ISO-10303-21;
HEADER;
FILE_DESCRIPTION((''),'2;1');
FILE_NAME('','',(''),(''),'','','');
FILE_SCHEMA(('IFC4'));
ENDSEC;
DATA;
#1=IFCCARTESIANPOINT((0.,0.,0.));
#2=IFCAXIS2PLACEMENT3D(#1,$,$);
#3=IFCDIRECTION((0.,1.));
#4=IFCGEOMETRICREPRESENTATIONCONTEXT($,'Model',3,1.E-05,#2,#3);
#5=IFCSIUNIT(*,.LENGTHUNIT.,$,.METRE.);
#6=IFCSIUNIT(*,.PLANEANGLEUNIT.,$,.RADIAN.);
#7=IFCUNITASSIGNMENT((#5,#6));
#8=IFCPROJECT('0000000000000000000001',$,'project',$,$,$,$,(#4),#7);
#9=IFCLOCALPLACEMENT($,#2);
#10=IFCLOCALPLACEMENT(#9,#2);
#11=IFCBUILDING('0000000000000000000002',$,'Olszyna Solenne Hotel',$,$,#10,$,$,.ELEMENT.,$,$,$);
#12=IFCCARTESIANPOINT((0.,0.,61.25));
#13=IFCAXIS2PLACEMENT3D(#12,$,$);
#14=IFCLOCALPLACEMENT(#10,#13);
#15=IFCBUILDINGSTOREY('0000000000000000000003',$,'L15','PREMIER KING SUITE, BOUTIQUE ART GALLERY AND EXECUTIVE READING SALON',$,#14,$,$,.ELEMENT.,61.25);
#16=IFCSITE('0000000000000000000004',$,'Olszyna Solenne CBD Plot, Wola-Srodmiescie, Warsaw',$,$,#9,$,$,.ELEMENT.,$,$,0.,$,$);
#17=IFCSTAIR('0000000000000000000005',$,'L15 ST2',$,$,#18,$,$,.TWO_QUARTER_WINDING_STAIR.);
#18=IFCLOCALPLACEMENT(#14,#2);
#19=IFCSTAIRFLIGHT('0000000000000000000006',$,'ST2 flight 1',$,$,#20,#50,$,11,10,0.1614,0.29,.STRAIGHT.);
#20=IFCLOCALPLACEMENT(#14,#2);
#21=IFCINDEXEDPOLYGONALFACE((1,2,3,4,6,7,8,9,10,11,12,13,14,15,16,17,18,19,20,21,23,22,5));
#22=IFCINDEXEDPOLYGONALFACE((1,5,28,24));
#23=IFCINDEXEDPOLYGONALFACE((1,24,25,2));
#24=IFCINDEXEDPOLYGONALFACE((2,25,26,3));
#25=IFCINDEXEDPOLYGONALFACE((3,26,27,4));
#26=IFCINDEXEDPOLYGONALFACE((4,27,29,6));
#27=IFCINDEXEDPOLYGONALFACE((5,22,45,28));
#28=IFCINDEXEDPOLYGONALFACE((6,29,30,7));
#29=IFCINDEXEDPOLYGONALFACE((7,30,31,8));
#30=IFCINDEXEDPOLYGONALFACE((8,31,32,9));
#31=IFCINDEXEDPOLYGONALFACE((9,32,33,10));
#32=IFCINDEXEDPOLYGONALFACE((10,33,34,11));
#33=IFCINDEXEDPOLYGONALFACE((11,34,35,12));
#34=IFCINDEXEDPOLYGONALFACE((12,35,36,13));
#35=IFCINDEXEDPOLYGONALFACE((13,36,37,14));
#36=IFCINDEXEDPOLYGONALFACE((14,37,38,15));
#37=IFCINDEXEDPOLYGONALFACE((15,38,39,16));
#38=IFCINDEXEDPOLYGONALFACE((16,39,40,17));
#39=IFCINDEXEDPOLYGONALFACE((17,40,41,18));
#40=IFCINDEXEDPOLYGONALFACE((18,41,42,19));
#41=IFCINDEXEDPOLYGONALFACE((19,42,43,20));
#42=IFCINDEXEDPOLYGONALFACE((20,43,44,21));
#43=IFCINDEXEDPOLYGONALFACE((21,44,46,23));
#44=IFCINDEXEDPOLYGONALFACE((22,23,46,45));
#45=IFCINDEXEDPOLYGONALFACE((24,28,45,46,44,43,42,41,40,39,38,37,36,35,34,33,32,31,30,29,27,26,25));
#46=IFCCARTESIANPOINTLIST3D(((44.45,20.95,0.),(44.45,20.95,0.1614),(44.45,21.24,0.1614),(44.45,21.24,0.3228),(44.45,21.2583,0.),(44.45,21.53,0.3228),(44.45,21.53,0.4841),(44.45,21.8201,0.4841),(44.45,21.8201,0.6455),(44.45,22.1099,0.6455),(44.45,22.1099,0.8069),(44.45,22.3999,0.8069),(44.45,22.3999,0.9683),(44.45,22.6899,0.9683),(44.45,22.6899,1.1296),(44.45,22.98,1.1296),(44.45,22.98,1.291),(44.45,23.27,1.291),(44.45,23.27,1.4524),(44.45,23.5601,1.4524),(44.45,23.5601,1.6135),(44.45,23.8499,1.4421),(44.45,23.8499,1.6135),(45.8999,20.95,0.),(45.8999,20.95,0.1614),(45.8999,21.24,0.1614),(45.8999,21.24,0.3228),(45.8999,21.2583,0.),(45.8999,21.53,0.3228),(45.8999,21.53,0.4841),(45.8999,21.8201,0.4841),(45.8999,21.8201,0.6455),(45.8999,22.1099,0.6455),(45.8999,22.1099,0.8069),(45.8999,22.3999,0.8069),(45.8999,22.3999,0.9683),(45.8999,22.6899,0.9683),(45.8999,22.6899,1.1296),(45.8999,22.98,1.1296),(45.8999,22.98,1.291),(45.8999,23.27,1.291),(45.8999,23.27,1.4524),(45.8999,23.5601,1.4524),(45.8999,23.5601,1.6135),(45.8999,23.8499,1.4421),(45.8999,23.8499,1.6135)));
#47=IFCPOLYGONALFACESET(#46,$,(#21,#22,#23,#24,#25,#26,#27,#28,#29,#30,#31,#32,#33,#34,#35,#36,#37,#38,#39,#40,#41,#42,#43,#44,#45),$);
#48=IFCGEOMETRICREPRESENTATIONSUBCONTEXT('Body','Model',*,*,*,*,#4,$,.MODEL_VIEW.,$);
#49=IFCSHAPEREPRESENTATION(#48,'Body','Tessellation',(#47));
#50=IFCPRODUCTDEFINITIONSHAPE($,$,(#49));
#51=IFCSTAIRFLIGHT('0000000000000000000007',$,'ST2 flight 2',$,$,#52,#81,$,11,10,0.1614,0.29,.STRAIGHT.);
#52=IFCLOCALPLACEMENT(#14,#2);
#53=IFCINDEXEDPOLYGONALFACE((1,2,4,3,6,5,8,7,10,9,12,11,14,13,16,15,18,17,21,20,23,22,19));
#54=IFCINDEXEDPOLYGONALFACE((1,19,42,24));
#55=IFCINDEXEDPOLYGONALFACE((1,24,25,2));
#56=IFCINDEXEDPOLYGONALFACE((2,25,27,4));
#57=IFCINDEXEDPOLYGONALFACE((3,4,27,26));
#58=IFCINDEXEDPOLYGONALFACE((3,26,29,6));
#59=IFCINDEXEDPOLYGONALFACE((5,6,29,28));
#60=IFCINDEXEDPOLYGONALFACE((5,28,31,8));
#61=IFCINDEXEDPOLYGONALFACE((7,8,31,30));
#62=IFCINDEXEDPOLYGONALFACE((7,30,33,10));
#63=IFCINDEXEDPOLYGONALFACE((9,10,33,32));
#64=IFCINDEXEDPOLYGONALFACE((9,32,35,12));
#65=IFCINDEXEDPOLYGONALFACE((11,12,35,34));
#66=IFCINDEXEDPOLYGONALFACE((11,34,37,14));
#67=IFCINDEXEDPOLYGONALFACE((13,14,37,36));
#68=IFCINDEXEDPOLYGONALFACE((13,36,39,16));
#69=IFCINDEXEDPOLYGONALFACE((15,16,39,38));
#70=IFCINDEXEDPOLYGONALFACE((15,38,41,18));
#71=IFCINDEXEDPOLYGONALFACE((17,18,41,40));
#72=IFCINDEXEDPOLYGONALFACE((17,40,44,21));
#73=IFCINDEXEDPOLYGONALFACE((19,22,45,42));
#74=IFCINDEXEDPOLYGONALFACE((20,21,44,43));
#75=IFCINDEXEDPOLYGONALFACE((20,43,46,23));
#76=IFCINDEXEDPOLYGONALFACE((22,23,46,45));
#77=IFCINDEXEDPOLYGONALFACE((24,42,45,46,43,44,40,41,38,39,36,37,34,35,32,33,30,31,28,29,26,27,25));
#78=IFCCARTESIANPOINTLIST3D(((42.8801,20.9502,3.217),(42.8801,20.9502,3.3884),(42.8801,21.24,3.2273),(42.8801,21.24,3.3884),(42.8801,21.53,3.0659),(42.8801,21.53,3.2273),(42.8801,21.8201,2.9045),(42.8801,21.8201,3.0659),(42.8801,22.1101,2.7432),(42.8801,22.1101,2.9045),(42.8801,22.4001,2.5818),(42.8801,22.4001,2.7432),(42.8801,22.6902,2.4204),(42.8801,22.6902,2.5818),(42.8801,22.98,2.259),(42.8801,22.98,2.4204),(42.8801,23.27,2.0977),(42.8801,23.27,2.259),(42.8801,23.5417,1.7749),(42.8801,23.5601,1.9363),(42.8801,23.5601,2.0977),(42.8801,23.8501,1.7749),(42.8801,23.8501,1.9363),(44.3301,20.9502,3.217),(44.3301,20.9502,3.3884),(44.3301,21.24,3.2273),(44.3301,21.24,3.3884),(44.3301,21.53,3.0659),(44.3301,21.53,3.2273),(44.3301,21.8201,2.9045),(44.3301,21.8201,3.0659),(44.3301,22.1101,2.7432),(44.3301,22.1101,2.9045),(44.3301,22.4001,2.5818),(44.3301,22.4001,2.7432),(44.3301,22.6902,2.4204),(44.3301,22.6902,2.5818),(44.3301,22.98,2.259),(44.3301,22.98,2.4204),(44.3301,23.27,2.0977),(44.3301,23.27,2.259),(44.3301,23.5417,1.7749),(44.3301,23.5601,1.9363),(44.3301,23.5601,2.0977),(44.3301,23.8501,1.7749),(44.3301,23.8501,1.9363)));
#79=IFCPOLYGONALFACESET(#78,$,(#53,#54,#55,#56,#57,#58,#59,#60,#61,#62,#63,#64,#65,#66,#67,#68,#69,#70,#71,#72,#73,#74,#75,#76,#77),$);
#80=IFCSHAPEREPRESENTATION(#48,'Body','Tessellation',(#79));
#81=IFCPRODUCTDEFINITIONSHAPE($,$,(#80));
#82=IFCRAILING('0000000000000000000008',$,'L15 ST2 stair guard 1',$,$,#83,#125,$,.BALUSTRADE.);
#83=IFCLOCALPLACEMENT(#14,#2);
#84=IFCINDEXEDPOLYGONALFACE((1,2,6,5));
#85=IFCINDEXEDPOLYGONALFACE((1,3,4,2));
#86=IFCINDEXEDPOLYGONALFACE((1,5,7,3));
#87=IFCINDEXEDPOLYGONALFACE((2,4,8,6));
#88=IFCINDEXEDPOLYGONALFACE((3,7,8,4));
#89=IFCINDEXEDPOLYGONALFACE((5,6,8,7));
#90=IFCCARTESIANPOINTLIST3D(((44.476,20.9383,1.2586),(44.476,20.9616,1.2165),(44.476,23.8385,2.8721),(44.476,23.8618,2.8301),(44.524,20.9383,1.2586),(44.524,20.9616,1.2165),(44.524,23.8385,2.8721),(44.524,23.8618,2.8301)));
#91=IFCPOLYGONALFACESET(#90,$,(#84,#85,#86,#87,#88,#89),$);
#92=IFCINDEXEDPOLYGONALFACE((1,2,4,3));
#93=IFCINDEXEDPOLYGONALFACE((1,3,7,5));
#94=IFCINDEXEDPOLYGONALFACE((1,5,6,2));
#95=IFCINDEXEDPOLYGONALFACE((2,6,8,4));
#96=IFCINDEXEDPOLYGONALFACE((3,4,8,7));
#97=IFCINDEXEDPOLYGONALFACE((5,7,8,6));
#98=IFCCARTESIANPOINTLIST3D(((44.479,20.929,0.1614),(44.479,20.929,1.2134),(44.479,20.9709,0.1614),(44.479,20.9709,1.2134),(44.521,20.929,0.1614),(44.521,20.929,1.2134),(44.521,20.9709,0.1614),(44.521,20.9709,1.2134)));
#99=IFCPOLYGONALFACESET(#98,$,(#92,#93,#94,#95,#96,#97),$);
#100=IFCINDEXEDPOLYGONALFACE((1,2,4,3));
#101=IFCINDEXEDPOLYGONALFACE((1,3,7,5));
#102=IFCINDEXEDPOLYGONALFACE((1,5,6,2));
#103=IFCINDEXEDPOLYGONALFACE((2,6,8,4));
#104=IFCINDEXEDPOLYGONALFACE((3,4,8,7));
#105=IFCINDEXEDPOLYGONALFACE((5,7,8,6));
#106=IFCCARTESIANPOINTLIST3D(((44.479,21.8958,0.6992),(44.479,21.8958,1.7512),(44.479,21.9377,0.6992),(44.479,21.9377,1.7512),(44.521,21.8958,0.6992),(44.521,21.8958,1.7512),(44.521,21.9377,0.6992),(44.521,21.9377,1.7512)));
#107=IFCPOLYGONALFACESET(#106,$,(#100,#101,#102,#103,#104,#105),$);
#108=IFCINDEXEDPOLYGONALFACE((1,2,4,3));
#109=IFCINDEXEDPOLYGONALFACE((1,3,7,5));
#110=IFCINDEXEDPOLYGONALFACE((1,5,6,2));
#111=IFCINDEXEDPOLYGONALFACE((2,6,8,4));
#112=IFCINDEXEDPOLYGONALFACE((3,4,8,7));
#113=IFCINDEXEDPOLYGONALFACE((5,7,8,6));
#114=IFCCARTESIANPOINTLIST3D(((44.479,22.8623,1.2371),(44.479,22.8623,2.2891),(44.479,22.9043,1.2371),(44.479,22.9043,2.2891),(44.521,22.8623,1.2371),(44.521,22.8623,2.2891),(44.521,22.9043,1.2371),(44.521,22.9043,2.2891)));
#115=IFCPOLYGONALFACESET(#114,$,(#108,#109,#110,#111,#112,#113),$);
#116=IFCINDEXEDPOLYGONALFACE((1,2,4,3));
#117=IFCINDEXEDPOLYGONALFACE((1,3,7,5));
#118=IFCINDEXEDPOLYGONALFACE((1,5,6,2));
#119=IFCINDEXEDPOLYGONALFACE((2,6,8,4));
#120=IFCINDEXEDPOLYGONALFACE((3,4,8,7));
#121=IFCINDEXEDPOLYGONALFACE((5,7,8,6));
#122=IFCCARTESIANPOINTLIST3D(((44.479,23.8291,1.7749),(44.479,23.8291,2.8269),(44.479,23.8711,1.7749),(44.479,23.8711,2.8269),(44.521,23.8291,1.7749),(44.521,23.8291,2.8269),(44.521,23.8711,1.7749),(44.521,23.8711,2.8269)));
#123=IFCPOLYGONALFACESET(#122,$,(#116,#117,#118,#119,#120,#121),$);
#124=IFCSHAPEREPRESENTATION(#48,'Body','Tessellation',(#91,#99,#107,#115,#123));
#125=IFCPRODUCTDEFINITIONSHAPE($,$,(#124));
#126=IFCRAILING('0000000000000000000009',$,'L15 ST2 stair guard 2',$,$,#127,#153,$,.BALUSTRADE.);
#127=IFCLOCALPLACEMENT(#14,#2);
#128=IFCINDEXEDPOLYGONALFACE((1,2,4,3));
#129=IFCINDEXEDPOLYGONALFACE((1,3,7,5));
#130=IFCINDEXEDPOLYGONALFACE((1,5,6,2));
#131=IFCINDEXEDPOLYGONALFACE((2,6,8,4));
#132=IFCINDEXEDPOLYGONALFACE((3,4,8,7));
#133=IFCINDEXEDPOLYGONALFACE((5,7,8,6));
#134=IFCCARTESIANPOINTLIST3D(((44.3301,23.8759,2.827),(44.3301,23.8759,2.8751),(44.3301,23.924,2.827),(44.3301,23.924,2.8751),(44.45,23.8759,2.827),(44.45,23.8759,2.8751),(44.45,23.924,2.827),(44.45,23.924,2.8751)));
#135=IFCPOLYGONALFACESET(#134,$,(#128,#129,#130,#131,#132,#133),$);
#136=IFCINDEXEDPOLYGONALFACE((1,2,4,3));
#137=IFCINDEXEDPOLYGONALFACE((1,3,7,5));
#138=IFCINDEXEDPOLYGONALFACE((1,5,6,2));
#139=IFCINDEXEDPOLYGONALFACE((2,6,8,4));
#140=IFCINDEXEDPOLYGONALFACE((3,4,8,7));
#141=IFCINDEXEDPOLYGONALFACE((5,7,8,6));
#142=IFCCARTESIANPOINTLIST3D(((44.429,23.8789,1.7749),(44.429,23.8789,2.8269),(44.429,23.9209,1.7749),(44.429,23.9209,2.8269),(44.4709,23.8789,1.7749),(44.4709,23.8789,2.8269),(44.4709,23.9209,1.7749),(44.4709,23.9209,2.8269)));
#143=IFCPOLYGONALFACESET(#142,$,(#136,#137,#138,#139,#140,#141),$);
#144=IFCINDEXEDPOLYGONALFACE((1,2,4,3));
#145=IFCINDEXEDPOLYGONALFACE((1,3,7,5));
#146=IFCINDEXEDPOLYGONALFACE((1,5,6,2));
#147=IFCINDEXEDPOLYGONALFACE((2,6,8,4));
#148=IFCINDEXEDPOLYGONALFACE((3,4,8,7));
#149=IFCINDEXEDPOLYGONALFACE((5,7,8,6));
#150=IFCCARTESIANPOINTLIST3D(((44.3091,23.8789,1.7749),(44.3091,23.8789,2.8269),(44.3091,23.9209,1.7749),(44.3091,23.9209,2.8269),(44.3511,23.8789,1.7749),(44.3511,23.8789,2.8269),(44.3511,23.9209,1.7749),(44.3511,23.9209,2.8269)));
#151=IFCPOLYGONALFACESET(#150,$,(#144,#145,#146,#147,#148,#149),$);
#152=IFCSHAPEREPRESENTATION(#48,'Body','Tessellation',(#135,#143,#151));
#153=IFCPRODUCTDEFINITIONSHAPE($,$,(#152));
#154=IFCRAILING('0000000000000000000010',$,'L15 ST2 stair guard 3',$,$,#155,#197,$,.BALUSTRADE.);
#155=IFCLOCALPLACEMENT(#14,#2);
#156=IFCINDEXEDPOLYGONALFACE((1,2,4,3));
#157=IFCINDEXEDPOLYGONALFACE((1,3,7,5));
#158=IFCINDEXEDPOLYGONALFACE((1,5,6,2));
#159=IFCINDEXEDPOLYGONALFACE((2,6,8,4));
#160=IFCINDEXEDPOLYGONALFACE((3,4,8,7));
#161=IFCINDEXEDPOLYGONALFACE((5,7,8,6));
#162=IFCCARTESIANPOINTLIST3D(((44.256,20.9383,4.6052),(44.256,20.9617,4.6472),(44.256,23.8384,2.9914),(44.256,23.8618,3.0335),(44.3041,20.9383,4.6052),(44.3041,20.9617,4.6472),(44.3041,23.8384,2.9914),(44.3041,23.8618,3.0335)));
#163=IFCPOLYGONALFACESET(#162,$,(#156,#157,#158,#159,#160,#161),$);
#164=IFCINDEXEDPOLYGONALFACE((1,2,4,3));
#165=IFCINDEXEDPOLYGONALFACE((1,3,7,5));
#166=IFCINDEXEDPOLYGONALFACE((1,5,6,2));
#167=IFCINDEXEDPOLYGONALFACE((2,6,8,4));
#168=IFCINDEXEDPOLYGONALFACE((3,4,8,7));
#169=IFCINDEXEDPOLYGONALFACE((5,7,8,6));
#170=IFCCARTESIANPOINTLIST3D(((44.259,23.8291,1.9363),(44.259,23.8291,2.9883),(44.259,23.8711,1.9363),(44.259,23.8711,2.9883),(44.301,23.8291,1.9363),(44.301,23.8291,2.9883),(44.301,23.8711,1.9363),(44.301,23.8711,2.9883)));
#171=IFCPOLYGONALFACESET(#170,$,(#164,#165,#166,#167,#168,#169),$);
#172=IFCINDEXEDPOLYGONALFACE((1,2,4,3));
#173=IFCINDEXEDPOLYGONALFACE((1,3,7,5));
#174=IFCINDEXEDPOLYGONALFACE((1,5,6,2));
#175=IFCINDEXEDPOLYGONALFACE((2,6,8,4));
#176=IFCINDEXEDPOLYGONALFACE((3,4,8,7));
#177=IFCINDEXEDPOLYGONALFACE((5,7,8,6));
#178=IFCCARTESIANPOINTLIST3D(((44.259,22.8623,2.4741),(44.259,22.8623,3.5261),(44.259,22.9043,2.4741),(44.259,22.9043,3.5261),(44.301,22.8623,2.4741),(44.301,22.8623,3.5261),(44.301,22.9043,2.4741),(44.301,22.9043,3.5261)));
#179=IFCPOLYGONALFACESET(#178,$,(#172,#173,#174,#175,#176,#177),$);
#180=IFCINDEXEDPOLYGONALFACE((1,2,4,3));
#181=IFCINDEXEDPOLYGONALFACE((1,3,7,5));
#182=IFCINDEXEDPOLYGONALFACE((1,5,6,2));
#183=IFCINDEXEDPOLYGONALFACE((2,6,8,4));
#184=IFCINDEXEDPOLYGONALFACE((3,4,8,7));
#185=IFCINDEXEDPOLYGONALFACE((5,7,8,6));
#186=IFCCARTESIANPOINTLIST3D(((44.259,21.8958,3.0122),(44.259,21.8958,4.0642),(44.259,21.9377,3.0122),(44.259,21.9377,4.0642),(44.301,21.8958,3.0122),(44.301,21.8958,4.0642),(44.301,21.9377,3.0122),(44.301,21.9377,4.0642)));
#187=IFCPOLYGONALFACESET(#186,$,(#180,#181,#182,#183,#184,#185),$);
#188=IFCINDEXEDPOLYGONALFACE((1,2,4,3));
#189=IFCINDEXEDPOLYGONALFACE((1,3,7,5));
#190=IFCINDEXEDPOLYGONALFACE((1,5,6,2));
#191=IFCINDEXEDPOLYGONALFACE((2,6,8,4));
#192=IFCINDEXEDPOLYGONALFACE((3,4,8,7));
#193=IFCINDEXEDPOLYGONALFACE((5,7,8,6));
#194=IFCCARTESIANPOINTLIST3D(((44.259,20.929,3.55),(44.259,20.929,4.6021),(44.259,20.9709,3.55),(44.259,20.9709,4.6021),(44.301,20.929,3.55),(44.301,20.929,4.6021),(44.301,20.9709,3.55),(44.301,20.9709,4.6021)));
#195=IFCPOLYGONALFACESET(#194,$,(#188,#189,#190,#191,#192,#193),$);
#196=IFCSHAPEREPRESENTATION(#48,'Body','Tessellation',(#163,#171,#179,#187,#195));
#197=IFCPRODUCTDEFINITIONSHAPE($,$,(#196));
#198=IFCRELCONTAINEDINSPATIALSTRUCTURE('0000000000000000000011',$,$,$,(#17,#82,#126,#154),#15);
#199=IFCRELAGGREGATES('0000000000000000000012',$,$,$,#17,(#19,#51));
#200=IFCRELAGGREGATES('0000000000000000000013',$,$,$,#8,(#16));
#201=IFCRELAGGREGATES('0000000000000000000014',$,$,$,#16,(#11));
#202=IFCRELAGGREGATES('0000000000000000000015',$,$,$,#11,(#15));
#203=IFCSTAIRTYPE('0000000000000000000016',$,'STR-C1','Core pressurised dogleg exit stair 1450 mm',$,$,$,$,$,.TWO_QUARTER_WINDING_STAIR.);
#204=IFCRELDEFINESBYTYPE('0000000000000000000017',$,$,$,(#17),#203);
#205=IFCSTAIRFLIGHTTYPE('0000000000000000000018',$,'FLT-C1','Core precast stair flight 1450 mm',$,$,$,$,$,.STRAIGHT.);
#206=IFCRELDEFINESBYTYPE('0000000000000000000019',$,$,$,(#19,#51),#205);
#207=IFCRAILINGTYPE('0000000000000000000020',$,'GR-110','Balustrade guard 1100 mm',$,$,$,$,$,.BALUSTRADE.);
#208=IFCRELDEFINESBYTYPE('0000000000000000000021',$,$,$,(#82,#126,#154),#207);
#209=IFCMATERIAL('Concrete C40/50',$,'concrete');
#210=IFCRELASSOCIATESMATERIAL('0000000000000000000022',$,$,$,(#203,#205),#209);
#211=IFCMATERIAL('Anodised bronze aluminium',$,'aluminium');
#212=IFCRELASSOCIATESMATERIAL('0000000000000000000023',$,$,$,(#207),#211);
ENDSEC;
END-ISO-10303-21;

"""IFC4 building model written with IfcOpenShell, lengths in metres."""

from ifc_helpers import new_model, si_unit, direction, frame, origin, origin_2d, place, context, subcontext, project, spatial, polyline, rectangle, outline, extrude, material, type_object, element, aggregate, save


model = new_model("IFC4")

# Units and contexts
model_context = context("Model", 3, precision=1e-05, world=origin(), true_north=direction((0.0, 1.0)))
body_context = subcontext(model_context, "Body", "Model", "MODEL_VIEW")
ifc_project = project(units=[si_unit("LENGTHUNIT", "METRE"), si_unit("PLANEANGLEUNIT", "RADIAN")], contexts=[model_context])

# Site, building, storey
site_placement = place(None, origin())
site = spatial("IfcSite", under=ifc_project, at=site_placement, Name="Olszyna Solenne CBD Plot, Wola-Srodmiescie, Warsaw", CompositionType="ELEMENT", RefElevation=0.0)
building_placement = place(site_placement, origin())
building = spatial("IfcBuilding", under=site, at=building_placement, Name="Olszyna Solenne Hotel", CompositionType="ELEMENT")
storey_placement = place(building_placement, frame((0.0, 0.0, 61.25)))
storey = spatial("IfcBuildingStorey", under=building, at=storey_placement, Name="L15", Description="PREMIER KING SUITE, BOUTIQUE ART GALLERY AND EXECUTIVE READING SALON", CompositionType="ELEMENT", Elevation=61.25)

# Stair, stair flights
ifc_material_1 = material(Name="Concrete C40/50", Category="concrete")
stair_type = type_object("IfcStairType", Name="STR-C1", Description="Core pressurised dogleg exit stair 1450 mm", PredefinedType="TWO_QUARTER_WINDING_STAIR", material=ifc_material_1)
stair_placement = place(storey_placement, origin())
stair = element("IfcStair", 1, at=stair_placement, inside=storey, type_object=stair_type, Name="L15 ST2", PredefinedType="TWO_QUARTER_WINDING_STAIR")
stair_flight_type = type_object("IfcStairFlightType", Name="FLT-C1", Description="Core precast stair flight 1450 mm", PredefinedType="STRAIGHT", material=ifc_material_1)
stair_flight_1_placement = place(storey_placement, frame((45.175, 20.95, 0.0), z_axis=(0.0, 0.0, 1.0), x_axis=(0.0, 1.0, 0.0)))
stair_flight_1 = element("IfcStairFlight", 2, at=stair_flight_1_placement, type_object=stair_flight_type, Name="ST2 flight 1", NumberOfRisers=11, NumberOfTreads=10, PredefinedType="STRAIGHT", RiserHeight=0.1614, TreadLength=0.29, context=body_context, shape_type="SweptSolid", body=[
    extrude(outline(polyline([(0.0, 0.0), (0.0, 0.1614), (0.29, 0.1614), (0.29, 0.3228), (0.5801, 0.3228), (0.5801, 0.4841), (0.8701, 0.4841), (0.8701, 0.6455), (1.1599, 0.6455), (1.1599, 0.8069), (1.45, 0.8069), (1.45, 0.9683), (1.74, 0.9683), (1.74, 1.1296), (2.03, 1.1296), (2.03, 1.291), (2.3201, 1.291), (2.3201, 1.4524), (2.6101, 1.4524), (2.6101, 1.6135), (2.8999, 1.6135), (2.8999, 1.7749), (2.8999, 1.4421), (0.3083, 0.0), (0.0, 0.0)])), frame((0.0, 0.7251, 0.0), z_axis=(0.0, -1.0, 0.0), x_axis=(1.0, 0.0, 0.0)), (0.0, 0.0, 1.0), 1.45),
])
stair_flight_2_placement = place(storey_placement, frame((43.605, 23.8501, 1.7749), z_axis=(0.0, 0.0, 1.0), x_axis=(0.0, -1.0, 0.0)))
stair_flight_2 = element("IfcStairFlight", 3, at=stair_flight_2_placement, type_object=stair_flight_type, Name="ST2 flight 2", NumberOfRisers=11, NumberOfTreads=10, PredefinedType="STRAIGHT", RiserHeight=0.1614, TreadLength=0.29, context=body_context, shape_type="SweptSolid", body=[
    extrude(outline(polyline([(0.0, 0.0), (0.0, 0.1614), (0.29, 0.1614), (0.29, 0.3228), (0.5801, 0.3228), (0.5801, 0.4841), (0.8701, 0.4841), (0.8701, 0.6455), (1.1599, 0.6455), (1.1599, 0.8069), (1.45, 0.8069), (1.45, 0.9683), (1.74, 0.9683), (1.74, 1.1296), (2.03, 1.1296), (2.03, 1.291), (2.3201, 1.291), (2.3201, 1.4524), (2.6101, 1.4524), (2.6101, 1.6135), (2.8999, 1.6135), (2.8999, 1.7749), (2.8999, 1.4421), (0.3083, 0.0), (0.0, 0.0)])), frame((0.0, 0.7251, 0.0), z_axis=(0.0, -1.0, 0.0), x_axis=(1.0, 0.0, 0.0)), (0.0, 0.0, 1.0), 1.45),
])
aggregate(stair, [stair_flight_1, stair_flight_2])

# Railings
ifc_material_2 = material(Name="Anodised bronze aluminium", Category="aluminium")
railing_type_1 = type_object("IfcRailingType", Name="GR-110", Description="Balustrade guard 1100 mm", PredefinedType="BALUSTRADE", material=ifc_material_2)
railing_1_placement = place(storey_placement, frame((44.5, 20.95, 0.1614)))
element("IfcRailing", 4, at=railing_1_placement, inside=storey, type_object=railing_type_1, Name="L15 ST2 stair guard 1", PredefinedType="BALUSTRADE", context=body_context, shape_type="SweptSolid", body=[
    extrude(rectangle(XDim=0.0481, YDim=0.0481, at=origin_2d()), frame((0.0, 0.0, 1.0762), z_axis=(0.0, 0.873859, 0.48618), x_axis=(-1.0, 0.0, 0.0)), (0.0, 0.0, 1.0), 3.3188),
    extrude(rectangle(XDim=0.042, YDim=0.042, at=origin_2d()), origin(), (0.0, 0.0, 1.0), 1.052),
    extrude(rectangle(XDim=0.042, YDim=0.042, at=origin_2d()), frame((0.0, 0.9668, 0.5378)), (0.0, 0.0, 1.0), 1.052),
    extrude(rectangle(XDim=0.042, YDim=0.042, at=origin_2d()), frame((0.0, 1.9333, 1.0757)), (0.0, 0.0, 1.0), 1.052),
    extrude(rectangle(XDim=0.042, YDim=0.042, at=origin_2d()), frame((0.0, 2.9001, 1.6135)), (0.0, 0.0, 1.0), 1.052),
])
railing_2_placement = place(storey_placement, frame((44.45, 23.8999, 1.7749)))
element("IfcRailing", 5, at=railing_2_placement, inside=storey, type_object=railing_type_1, Name="L15 ST2 stair guard 2", PredefinedType="BALUSTRADE", context=body_context, shape_type="SweptSolid", body=[
    extrude(rectangle(XDim=0.0481, YDim=0.0481, at=origin_2d()), frame((0.0, 0.0, 1.0762), z_axis=(-1.0, 0.0, 0.0), x_axis=(0.0, -1.0, 0.0)), (0.0, 0.0, 1.0), 0.1199),
    extrude(rectangle(XDim=0.042, YDim=0.042, at=origin_2d()), origin(), (0.0, 0.0, 1.0), 1.052),
    extrude(rectangle(XDim=0.042, YDim=0.042, at=origin_2d()), frame((-0.1199, 0.0, 0.0)), (0.0, 0.0, 1.0), 1.052),
])
railing_3_placement = place(storey_placement, frame((44.28, 23.8501, 1.9363)))
element("IfcRailing", 6, at=railing_3_placement, inside=storey, type_object=railing_type_1, Name="L15 ST2 stair guard 3", PredefinedType="BALUSTRADE", context=body_context, shape_type="SweptSolid", body=[
    extrude(rectangle(XDim=0.0481, YDim=0.0481, at=origin_2d()), frame((0.0, 0.0, 1.0762), z_axis=(0.0, -0.873827, 0.486236), x_axis=(1.0, 0.0, 0.0)), (0.0, 0.0, 1.0), 3.3188),
    extrude(rectangle(XDim=0.042, YDim=0.042, at=origin_2d()), origin(), (0.0, 0.0, 1.0), 1.052),
    extrude(rectangle(XDim=0.042, YDim=0.042, at=origin_2d()), frame((0.0, -0.9668, 0.5378)), (0.0, 0.0, 1.0), 1.052),
    extrude(rectangle(XDim=0.042, YDim=0.042, at=origin_2d()), frame((0.0, -1.9333, 1.0759)), (0.0, 0.0, 1.0), 1.052),
    extrude(rectangle(XDim=0.042, YDim=0.042, at=origin_2d()), frame((0.0, -2.9001, 1.6138)), (0.0, 0.0, 1.0), 1.052),
])

save(model, "model.ifc")
